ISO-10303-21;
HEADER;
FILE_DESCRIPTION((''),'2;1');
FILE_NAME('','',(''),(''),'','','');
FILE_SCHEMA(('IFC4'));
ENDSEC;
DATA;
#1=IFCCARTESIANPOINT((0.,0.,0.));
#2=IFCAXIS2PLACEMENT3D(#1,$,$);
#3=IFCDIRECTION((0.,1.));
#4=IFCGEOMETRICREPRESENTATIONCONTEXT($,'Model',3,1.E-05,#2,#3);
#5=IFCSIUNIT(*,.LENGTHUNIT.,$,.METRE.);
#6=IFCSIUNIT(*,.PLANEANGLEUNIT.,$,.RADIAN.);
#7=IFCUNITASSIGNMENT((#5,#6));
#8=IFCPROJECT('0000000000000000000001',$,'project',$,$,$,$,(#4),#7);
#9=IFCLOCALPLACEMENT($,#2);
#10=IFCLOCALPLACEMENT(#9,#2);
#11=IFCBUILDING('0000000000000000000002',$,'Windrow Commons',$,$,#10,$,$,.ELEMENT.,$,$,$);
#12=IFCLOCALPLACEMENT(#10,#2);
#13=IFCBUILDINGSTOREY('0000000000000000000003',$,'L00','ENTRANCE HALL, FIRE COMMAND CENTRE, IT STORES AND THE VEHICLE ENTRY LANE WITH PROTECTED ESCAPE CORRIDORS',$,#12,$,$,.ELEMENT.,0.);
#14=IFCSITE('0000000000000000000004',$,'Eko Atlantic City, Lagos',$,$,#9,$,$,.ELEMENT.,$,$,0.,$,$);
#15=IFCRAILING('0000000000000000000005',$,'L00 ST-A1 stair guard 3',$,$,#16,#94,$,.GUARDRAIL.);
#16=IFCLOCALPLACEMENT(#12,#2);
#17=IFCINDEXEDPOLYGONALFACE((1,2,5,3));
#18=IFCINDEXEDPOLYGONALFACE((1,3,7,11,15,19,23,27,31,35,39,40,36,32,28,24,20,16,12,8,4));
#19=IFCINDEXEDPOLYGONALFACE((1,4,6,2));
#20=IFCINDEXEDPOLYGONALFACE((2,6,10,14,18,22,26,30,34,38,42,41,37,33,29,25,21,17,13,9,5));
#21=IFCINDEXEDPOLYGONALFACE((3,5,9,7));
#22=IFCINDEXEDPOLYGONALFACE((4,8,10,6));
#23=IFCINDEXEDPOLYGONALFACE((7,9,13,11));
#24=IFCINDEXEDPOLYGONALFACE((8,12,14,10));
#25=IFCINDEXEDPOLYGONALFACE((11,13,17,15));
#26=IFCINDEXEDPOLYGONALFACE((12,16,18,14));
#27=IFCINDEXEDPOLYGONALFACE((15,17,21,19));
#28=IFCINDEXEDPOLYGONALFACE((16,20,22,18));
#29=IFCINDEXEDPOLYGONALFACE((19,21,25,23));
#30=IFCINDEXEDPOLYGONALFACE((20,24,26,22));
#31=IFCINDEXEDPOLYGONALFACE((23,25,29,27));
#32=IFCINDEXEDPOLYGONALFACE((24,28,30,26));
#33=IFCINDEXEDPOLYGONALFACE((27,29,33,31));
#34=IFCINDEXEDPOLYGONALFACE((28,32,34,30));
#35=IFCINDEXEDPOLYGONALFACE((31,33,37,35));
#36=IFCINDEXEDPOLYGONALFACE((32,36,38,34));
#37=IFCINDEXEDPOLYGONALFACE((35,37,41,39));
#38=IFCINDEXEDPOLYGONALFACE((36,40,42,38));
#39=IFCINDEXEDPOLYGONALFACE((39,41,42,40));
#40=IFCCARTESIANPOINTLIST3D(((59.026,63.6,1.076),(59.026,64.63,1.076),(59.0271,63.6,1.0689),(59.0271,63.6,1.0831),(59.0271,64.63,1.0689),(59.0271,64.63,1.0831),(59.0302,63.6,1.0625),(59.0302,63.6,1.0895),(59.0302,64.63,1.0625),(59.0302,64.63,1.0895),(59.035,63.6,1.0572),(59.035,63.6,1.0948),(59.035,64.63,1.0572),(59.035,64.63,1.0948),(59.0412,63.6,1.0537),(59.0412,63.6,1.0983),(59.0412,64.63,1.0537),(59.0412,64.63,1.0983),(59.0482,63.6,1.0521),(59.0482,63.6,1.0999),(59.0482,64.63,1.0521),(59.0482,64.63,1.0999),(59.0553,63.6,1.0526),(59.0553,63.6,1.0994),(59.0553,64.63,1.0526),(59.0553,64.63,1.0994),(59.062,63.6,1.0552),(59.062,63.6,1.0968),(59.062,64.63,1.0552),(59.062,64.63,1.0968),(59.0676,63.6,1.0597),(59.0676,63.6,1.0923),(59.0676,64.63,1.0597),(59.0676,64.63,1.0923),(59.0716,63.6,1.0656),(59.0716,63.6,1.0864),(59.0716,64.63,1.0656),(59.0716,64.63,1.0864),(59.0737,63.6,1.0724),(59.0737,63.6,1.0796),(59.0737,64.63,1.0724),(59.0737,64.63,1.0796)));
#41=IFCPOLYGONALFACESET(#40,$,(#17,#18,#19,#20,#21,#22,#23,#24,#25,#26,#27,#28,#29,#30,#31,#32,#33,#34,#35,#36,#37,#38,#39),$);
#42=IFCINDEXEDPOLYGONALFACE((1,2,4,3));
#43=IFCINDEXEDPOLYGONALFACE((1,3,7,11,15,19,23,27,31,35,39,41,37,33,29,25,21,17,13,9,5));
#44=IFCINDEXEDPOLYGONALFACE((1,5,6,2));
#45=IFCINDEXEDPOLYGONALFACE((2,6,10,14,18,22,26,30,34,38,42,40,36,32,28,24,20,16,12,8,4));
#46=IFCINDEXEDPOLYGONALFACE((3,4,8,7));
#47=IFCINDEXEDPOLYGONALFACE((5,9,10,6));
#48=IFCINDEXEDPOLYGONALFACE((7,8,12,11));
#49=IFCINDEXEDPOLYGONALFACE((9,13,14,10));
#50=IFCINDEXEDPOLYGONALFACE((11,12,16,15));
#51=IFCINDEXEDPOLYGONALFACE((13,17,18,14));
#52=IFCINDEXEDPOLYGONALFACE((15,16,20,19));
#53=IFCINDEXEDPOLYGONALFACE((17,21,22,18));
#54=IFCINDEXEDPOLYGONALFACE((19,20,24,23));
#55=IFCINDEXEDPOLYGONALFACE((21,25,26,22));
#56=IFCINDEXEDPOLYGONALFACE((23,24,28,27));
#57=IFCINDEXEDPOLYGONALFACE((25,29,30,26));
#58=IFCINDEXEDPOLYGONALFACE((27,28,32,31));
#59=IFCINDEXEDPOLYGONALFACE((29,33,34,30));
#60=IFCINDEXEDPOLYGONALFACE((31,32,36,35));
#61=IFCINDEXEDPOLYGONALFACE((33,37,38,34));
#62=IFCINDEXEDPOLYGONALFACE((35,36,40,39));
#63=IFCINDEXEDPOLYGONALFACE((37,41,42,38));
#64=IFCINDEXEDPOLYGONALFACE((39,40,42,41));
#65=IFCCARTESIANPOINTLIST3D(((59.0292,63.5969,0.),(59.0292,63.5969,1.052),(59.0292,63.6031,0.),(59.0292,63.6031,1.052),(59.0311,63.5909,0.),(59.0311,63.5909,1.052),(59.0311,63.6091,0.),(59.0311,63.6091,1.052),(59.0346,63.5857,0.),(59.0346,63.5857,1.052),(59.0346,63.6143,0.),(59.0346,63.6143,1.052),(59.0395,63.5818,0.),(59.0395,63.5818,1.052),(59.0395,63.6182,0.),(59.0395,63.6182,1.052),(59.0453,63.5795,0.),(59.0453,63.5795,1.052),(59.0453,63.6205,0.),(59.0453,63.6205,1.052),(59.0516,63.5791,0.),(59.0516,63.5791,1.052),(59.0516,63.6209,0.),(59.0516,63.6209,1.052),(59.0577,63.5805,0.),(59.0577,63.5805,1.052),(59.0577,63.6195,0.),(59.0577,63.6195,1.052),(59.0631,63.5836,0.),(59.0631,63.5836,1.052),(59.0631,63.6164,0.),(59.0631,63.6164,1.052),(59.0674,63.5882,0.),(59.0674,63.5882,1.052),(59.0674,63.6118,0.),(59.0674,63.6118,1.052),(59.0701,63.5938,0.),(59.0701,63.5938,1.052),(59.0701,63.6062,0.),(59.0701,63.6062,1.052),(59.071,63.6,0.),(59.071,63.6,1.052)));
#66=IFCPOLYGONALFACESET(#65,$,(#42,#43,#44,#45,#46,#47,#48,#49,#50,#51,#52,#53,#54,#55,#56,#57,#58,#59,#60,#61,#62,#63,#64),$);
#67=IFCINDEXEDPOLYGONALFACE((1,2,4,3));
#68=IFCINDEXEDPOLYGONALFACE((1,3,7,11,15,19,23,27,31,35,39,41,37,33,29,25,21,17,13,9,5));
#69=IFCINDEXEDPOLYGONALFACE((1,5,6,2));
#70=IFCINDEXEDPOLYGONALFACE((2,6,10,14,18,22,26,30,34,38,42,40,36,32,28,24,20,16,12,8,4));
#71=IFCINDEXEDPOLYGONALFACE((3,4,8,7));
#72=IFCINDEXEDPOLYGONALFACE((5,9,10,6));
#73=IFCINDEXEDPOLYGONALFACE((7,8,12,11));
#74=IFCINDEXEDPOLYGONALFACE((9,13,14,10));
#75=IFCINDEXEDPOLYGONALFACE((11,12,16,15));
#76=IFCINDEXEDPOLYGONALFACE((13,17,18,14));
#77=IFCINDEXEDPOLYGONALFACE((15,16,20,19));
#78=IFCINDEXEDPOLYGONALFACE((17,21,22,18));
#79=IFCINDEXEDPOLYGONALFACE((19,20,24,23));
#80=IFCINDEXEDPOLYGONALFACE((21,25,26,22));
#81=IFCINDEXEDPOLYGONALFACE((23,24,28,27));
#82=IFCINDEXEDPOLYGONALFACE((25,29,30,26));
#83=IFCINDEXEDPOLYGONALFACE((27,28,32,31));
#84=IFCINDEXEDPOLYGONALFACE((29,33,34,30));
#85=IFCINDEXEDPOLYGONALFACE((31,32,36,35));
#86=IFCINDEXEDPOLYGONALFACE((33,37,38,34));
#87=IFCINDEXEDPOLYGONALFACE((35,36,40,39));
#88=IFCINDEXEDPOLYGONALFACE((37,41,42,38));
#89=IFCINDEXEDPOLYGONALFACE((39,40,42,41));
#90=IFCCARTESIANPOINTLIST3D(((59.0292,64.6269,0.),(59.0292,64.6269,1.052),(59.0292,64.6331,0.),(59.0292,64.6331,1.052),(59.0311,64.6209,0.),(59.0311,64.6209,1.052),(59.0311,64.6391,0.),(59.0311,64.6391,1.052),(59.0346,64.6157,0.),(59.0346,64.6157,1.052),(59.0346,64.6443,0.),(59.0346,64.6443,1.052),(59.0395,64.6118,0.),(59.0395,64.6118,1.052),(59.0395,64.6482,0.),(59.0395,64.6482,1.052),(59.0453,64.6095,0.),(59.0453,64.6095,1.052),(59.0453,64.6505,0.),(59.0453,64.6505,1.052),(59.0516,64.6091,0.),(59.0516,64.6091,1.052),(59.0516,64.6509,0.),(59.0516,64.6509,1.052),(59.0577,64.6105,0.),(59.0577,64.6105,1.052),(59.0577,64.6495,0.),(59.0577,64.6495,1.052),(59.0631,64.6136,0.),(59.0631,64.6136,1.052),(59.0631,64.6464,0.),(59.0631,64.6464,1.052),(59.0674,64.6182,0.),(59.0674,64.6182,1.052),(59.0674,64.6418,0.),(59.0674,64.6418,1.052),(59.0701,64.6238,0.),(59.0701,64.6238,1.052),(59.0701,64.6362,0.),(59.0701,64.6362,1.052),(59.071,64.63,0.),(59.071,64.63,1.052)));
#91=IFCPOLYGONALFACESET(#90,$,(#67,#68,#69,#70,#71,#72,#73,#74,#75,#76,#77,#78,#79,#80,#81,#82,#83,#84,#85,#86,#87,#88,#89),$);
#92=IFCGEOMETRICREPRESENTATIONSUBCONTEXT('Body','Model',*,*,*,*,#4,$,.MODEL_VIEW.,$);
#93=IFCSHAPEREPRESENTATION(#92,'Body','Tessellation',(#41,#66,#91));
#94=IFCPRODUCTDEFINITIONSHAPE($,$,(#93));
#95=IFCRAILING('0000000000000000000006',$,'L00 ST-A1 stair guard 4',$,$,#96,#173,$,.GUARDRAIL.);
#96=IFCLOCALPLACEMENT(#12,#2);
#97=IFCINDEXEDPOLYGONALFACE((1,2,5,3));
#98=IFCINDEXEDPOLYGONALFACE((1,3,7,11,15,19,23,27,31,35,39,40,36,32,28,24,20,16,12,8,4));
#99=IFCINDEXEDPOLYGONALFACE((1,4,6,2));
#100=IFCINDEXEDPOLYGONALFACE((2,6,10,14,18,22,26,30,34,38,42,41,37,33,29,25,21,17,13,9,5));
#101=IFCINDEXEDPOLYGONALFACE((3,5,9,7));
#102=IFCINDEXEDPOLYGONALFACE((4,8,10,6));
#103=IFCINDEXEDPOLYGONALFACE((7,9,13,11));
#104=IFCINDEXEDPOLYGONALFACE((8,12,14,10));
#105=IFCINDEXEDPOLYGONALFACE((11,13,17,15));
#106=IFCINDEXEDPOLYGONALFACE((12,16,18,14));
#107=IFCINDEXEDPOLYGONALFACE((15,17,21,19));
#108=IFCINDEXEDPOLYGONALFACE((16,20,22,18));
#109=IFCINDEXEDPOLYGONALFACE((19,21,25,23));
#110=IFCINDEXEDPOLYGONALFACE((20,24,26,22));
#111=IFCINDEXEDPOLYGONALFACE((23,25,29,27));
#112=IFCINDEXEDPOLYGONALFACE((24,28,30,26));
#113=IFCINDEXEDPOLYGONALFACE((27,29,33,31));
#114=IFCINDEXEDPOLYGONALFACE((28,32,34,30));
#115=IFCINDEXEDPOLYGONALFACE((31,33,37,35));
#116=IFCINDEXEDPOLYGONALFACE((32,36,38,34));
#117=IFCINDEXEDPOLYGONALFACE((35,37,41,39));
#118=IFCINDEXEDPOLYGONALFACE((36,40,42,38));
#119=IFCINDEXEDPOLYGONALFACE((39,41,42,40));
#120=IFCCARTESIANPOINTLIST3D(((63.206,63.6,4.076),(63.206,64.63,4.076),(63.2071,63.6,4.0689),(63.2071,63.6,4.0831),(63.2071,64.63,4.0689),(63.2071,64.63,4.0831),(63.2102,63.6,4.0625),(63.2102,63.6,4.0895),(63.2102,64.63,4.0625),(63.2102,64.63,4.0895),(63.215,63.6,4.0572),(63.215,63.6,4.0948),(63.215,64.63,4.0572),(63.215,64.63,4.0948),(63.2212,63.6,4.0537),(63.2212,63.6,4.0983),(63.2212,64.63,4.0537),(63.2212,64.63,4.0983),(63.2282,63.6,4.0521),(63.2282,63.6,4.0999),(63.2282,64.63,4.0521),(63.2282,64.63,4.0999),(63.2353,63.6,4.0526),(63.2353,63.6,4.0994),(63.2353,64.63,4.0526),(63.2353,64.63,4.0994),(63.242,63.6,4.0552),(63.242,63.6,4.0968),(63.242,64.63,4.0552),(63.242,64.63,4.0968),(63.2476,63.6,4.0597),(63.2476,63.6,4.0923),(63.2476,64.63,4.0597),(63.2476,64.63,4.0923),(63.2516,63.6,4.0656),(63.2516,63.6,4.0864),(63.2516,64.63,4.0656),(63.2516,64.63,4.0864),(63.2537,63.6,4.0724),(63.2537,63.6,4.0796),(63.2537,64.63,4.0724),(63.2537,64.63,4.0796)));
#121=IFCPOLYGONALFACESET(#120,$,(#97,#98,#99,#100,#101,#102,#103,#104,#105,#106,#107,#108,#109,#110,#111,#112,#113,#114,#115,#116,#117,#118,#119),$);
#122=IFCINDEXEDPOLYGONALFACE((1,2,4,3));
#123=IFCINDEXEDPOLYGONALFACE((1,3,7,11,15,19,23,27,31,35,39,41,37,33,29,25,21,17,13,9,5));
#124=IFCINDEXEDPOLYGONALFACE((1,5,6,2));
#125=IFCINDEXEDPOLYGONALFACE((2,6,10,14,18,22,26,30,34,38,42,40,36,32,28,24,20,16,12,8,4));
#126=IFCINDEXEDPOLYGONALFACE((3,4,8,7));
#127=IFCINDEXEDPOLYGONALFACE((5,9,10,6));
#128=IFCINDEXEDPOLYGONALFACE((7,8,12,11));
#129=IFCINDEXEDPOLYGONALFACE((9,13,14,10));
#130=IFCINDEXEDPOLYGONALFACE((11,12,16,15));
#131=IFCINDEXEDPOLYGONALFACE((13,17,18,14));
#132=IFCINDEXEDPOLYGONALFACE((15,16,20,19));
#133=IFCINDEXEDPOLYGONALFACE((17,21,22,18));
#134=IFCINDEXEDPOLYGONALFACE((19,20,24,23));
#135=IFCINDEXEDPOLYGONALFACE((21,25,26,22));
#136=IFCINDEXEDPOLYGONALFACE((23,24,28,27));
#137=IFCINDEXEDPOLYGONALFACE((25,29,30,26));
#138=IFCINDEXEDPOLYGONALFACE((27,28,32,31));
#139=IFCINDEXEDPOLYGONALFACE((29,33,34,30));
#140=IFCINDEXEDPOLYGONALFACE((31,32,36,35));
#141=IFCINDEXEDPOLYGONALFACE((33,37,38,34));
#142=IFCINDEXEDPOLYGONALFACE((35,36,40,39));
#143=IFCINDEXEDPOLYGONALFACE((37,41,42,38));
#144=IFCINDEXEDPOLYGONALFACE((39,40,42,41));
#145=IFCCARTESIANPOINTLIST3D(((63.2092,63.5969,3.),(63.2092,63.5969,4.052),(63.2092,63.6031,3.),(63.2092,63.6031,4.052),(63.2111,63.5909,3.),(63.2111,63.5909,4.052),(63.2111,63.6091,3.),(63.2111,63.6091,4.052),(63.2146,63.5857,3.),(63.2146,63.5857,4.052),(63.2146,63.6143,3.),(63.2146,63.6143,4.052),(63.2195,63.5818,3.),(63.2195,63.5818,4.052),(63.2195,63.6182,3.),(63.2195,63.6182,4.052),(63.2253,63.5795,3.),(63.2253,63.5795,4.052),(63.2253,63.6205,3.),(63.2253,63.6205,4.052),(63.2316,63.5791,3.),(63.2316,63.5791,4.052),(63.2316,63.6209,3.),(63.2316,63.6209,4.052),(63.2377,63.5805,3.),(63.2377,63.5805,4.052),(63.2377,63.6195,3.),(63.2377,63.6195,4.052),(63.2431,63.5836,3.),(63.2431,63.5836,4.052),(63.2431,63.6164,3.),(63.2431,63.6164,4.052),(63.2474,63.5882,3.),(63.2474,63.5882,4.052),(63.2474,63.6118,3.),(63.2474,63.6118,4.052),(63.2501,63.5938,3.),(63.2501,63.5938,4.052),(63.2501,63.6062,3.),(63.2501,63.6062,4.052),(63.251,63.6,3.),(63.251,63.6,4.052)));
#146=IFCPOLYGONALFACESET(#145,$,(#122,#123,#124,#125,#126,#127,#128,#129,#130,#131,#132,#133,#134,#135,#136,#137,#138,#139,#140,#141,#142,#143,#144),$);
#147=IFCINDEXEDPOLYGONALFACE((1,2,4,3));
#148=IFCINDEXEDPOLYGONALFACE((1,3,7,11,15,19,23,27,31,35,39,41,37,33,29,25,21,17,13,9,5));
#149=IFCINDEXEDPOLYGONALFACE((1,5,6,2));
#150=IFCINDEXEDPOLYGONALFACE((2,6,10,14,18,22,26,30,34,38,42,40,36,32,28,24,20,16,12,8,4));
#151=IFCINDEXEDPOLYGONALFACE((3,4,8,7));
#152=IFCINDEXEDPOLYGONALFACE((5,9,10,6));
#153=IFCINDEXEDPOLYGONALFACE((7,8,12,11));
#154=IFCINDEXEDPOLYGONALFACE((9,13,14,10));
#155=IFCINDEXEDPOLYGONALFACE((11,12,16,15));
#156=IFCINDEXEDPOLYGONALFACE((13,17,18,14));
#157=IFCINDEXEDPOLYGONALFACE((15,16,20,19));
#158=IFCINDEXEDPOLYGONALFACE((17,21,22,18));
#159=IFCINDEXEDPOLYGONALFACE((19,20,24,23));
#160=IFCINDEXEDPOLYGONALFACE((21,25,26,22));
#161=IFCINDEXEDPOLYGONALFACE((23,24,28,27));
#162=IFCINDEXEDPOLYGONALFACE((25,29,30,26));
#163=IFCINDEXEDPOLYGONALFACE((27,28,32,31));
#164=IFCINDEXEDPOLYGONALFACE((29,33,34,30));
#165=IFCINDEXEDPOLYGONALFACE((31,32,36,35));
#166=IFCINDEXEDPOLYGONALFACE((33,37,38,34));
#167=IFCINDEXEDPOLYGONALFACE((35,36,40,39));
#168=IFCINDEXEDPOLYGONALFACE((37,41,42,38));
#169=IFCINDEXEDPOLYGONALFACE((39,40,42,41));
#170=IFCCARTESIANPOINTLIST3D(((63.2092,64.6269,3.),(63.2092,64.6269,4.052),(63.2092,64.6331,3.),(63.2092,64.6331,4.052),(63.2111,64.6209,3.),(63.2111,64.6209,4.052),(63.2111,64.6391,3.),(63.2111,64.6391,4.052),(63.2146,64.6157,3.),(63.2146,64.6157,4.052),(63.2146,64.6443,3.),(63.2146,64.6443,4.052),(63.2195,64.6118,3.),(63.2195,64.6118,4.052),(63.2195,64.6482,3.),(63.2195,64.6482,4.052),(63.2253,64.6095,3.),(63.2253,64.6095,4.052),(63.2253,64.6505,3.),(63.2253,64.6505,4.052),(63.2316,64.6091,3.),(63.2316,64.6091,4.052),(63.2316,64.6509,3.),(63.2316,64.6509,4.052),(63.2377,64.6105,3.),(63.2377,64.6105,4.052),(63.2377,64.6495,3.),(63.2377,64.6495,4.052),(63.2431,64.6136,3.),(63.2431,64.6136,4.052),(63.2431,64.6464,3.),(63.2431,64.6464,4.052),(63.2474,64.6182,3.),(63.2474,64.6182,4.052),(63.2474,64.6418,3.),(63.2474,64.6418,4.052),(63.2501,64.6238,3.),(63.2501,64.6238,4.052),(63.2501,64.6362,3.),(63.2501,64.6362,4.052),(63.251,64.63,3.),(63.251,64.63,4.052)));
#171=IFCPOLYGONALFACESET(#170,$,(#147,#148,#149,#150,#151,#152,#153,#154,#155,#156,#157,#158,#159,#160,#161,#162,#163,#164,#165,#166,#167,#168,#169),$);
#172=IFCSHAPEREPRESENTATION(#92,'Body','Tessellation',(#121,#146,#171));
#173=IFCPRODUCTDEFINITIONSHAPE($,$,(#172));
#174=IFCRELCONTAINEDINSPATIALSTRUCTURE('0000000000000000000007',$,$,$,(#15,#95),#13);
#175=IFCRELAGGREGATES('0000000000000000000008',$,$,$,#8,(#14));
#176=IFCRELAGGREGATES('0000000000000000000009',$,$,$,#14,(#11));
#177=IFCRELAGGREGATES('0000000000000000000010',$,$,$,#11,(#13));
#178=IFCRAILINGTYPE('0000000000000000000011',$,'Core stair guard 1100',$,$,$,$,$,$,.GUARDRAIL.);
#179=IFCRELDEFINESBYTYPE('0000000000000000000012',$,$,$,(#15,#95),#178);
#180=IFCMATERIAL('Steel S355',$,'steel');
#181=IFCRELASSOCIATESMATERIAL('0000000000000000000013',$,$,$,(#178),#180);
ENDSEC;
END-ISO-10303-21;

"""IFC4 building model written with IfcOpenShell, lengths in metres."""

from ifc_helpers import new_model, si_unit, direction, frame, origin, origin_2d, place, context, subcontext, project, spatial, circle, extrude, material, type_object, element, save


model = new_model("IFC4")

# Units and contexts
model_context = context("Model", 3, precision=1e-05, world=origin(), true_north=direction((0.0, 1.0)))
body_context = subcontext(model_context, "Body", "Model", "MODEL_VIEW")
ifc_project = project(units=[si_unit("LENGTHUNIT", "METRE"), si_unit("PLANEANGLEUNIT", "RADIAN")], contexts=[model_context])

# Site, building, storey
site_placement = place(None, origin())
site = spatial("IfcSite", under=ifc_project, at=site_placement, Name="Eko Atlantic City, Lagos", CompositionType="ELEMENT", RefElevation=0.0)
building_placement = place(site_placement, origin())
building = spatial("IfcBuilding", under=site, at=building_placement, Name="Windrow Commons", CompositionType="ELEMENT")
storey_placement = place(building_placement, origin())
storey = spatial("IfcBuildingStorey", under=building, at=storey_placement, Name="L00", Description="ENTRANCE HALL, FIRE COMMAND CENTRE, IT STORES AND THE VEHICLE ENTRY LANE WITH PROTECTED ESCAPE CORRIDORS", CompositionType="ELEMENT", Elevation=0.0)

# Railings
ifc_material_1 = material(Name="Steel S355", Category="steel")
railing_type_1 = type_object("IfcRailingType", Name="Core stair guard 1100", PredefinedType="GUARDRAIL", material=ifc_material_1)
for number, where, name in (
    (1, (59.05, 63.6, 0.0), "L00 ST-A1 stair guard 3"),
    (2, (63.23, 63.6, 3.0), "L00 ST-A1 stair guard 4"),
):
    element("IfcRailing", number, at=place(storey_placement, frame(where)), inside=storey, type_object=railing_type_1, Name=name, PredefinedType="GUARDRAIL", context=body_context, shape_type="SweptSolid", body=[
        extrude(circle(Radius=0.024, at=origin_2d()), frame((0.0, 0.0, 1.076), z_axis=(0.0, 1.0, 0.0), x_axis=(-1.0, 0.0, 0.0)), (0.0, 0.0, 1.0), 1.03),
        extrude(circle(Radius=0.021, at=origin_2d()), origin(), (0.0, 0.0, 1.0), 1.052),
        extrude(circle(Radius=0.021, at=origin_2d()), frame((0.0, 1.03, 0.0)), (0.0, 0.0, 1.0), 1.052),
    ])

save(model, "model.ifc")
